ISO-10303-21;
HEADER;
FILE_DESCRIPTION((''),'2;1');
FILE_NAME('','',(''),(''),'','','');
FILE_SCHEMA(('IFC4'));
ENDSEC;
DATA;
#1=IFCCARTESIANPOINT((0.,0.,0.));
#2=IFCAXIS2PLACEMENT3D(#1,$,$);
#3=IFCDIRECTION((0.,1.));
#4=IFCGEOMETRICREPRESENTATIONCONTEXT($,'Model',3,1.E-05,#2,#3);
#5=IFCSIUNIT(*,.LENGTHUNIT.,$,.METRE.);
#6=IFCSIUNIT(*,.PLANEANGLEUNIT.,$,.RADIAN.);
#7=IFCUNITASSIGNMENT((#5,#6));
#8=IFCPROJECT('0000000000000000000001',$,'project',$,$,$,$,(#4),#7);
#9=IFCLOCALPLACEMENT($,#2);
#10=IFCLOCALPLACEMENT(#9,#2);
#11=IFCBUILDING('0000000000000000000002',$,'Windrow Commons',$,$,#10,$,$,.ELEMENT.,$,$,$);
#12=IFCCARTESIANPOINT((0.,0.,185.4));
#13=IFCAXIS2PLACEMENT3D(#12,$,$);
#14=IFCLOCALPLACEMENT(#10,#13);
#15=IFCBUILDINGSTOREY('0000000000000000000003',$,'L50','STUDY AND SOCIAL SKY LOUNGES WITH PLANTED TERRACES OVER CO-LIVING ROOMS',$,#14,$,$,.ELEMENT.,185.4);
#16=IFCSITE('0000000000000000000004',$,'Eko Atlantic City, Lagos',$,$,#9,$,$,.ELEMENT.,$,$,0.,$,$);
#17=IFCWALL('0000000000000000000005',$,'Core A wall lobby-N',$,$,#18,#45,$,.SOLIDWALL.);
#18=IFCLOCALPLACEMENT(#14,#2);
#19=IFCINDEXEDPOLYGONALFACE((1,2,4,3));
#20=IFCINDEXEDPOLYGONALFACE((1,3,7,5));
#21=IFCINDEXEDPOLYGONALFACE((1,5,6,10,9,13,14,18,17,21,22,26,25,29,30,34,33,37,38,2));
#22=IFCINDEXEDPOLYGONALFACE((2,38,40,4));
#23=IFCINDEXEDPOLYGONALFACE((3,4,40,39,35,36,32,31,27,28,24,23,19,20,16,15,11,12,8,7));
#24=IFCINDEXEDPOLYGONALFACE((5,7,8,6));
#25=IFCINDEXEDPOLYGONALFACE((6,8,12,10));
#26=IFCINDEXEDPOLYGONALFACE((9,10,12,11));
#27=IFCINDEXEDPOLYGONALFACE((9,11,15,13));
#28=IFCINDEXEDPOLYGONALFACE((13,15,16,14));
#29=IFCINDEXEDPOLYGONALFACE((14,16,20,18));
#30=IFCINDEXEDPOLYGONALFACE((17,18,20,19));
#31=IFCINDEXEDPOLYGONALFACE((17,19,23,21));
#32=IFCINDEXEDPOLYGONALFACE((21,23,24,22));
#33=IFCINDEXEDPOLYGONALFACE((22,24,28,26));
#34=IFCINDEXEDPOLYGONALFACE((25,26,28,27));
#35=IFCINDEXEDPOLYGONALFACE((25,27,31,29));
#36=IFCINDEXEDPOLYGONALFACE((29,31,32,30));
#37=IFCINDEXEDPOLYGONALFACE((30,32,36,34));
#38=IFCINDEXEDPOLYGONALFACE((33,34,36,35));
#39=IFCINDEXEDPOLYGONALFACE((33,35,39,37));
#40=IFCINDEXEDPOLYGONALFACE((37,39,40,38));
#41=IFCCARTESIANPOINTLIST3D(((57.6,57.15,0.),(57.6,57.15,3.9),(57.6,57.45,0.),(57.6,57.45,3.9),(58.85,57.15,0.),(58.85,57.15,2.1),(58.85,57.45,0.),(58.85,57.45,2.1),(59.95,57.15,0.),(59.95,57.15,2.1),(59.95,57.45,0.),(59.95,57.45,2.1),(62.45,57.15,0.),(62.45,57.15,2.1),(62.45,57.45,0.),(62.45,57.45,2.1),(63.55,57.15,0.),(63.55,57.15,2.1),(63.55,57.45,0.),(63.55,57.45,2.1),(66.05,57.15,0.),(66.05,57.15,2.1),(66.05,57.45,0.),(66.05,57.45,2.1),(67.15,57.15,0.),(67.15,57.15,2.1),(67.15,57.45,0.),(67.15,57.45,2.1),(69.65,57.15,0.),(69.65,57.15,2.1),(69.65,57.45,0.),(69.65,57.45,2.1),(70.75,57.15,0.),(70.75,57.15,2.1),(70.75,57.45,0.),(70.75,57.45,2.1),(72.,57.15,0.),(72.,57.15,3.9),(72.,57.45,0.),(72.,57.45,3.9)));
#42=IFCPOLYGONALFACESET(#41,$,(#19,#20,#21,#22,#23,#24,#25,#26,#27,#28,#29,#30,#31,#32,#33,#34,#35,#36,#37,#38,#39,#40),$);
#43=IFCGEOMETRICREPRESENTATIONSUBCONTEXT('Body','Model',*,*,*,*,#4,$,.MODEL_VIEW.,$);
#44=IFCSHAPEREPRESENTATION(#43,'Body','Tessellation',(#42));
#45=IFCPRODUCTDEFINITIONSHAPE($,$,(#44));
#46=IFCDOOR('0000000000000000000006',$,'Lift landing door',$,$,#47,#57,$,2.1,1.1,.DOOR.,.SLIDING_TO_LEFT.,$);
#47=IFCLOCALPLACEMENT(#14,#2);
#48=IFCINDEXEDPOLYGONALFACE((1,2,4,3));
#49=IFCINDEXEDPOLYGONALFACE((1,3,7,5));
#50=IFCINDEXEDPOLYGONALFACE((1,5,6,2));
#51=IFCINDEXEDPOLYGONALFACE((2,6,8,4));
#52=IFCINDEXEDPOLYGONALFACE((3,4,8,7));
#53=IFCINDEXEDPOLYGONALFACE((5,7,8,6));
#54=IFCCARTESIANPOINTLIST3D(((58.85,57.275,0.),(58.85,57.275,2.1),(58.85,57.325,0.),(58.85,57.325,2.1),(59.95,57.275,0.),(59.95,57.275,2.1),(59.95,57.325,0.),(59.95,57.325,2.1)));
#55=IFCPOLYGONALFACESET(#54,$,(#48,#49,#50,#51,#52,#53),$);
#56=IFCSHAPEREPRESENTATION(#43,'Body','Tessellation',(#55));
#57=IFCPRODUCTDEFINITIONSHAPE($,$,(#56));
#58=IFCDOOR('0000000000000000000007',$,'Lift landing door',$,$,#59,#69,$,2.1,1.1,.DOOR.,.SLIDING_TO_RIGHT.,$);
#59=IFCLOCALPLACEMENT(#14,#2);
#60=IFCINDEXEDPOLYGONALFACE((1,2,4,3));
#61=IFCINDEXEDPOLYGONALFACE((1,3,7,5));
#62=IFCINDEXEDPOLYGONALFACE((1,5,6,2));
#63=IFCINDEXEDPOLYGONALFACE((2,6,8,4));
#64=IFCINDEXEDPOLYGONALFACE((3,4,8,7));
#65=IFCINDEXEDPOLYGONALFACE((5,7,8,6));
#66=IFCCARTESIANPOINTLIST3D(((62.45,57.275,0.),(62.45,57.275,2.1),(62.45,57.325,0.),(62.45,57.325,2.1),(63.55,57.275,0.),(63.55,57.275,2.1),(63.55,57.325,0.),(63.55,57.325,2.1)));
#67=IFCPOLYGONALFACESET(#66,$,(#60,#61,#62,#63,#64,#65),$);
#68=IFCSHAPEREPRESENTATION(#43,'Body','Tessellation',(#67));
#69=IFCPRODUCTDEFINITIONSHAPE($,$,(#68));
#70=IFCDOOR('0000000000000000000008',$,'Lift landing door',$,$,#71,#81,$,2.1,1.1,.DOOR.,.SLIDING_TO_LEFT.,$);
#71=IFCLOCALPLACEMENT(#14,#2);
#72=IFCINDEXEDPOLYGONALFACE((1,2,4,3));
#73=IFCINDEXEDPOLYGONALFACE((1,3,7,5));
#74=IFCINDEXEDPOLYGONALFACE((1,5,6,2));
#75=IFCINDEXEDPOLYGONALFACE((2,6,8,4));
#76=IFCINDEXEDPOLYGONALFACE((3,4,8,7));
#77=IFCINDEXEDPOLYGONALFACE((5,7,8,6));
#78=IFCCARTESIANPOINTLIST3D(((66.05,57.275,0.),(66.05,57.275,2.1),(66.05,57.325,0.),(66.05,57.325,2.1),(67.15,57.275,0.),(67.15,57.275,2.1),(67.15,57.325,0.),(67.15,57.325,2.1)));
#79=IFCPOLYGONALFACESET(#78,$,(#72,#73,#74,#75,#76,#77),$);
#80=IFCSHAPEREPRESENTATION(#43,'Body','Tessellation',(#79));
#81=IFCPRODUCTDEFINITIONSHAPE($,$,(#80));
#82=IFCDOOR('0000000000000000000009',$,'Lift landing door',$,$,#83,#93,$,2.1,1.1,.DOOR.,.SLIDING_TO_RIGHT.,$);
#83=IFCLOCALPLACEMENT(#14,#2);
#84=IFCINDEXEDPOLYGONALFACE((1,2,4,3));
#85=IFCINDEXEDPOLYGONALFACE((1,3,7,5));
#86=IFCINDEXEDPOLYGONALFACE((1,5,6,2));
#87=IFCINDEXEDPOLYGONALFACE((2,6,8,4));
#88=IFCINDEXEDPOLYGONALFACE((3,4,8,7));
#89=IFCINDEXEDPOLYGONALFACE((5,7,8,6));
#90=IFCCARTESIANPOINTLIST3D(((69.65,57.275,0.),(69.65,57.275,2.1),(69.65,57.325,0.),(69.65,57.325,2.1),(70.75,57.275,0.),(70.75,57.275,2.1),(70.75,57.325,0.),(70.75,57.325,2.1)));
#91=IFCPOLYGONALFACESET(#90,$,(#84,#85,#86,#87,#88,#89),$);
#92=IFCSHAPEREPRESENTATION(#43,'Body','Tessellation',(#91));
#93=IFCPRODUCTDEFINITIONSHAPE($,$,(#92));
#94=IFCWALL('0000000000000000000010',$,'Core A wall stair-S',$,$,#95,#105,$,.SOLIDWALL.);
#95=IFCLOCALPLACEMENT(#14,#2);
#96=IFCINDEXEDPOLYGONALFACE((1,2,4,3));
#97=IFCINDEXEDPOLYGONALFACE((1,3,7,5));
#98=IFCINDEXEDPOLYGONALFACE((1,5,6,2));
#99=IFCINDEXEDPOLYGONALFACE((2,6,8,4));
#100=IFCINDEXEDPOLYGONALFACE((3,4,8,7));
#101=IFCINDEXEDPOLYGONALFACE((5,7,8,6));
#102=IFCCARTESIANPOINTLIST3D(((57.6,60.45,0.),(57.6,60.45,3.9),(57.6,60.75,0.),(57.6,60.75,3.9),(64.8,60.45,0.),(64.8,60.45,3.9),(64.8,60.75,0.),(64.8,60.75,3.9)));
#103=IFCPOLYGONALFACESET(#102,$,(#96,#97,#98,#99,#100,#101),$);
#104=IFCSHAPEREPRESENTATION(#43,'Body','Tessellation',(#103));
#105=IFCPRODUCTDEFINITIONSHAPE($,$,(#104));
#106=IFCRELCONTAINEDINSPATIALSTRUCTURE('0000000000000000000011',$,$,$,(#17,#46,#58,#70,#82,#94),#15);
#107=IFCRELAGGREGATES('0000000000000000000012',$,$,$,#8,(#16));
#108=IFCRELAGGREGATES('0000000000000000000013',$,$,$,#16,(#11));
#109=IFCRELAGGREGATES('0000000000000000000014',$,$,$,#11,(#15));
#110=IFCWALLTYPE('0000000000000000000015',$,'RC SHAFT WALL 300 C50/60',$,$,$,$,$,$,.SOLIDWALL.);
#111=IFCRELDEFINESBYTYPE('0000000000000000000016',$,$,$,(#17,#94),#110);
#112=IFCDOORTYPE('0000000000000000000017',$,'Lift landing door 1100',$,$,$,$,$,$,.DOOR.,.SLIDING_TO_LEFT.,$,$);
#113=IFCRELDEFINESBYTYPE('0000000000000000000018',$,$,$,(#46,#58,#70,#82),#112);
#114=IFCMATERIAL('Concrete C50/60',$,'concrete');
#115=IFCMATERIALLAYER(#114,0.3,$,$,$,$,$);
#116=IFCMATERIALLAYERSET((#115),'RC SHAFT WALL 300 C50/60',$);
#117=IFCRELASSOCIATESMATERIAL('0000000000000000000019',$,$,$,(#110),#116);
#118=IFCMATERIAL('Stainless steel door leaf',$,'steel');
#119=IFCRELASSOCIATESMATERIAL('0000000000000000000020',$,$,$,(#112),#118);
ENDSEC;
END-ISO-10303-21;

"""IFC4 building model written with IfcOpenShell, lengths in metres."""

from ifc_helpers import new_model, si_unit, direction, frame, frame_2d, origin, place, context, subcontext, project, spatial, rectangle, extrude, material, layer, layer_set, type_object, element, fill, save


model = new_model("IFC4")

# Units and contexts
model_context = context("Model", 3, precision=1e-05, world=origin(), true_north=direction((0.0, 1.0)))
body_context = subcontext(model_context, "Body", "Model", "MODEL_VIEW")
ifc_project = project(units=[si_unit("LENGTHUNIT", "METRE"), si_unit("PLANEANGLEUNIT", "RADIAN")], contexts=[model_context])

# Site, building, storey
site_placement = place(None, origin())
site = spatial("IfcSite", under=ifc_project, at=site_placement, Name="Eko Atlantic City, Lagos", CompositionType="ELEMENT", RefElevation=0.0)
building_placement = place(site_placement, origin())
building = spatial("IfcBuilding", under=site, at=building_placement, Name="Windrow Commons", CompositionType="ELEMENT")
storey_placement = place(building_placement, frame((0.0, 0.0, 185.4)))
storey = spatial("IfcBuildingStorey", under=building, at=storey_placement, Name="L50", Description="STUDY AND SOCIAL SKY LOUNGES WITH PLANTED TERRACES OVER CO-LIVING ROOMS", CompositionType="ELEMENT", Elevation=185.4)

# Shared definitions
ifc_material_1 = material(Name="Concrete C50/60", Category="concrete")
ifc_layer_1 = layer(ifc_material_1, 0.3)
ifc_layer_set_1 = layer_set([ifc_layer_1], Name="RC SHAFT WALL 300 C50/60")
wall_type_1 = type_object("IfcWallType", Name="RC SHAFT WALL 300 C50/60", PredefinedType="SOLIDWALL", material=ifc_layer_set_1)

# Wall, openings, doors
ifc_material_2 = material(Name="Stainless steel door leaf", Category="steel")
door_type_1 = type_object("IfcDoorType", Name="Lift landing door 1100", OperationType="SLIDING_TO_LEFT", PredefinedType="DOOR", material=ifc_material_2)
wall_1_placement = place(storey_placement, frame((57.6, 57.3, 0.0), z_axis=(0.0, 0.0, 1.0), x_axis=(1.0, 0.0, 0.0)))
wall_1 = element("IfcWall", 1, at=wall_1_placement, inside=storey, type_object=wall_type_1, Name="Core A wall lobby-N", PredefinedType="SOLIDWALL", context=body_context, shape_type="SweptSolid", body=[
    extrude(rectangle(XDim=14.4, YDim=0.3, at=frame_2d((7.2, 0.0))), origin(), (0.0, 0.0, 1.0), 3.9),
])
opening_1_placement = place(wall_1_placement, frame((1.25, 0.0, 0.0)))
opening_1 = element("IfcOpeningElement", 2, at=opening_1_placement, cuts=wall_1, PredefinedType="OPENING", context=body_context, shape_type="SweptSolid", body=[
    extrude(rectangle(XDim=1.1, YDim=2.1, at=frame_2d((0.55, 1.05))), frame((0.0, 0.16, 0.0), z_axis=(0.0, -1.0, 0.0), x_axis=(1.0, 0.0, 0.0)), (0.0, 0.0, 1.0), 0.32),
])
opening_2_placement = place(wall_1_placement, frame((4.85, 0.0, 0.0)))
opening_2 = element("IfcOpeningElement", 3, at=opening_2_placement, cuts=wall_1, PredefinedType="OPENING", context=body_context, shape_type="SweptSolid", body=[
    extrude(rectangle(XDim=1.1, YDim=2.1, at=frame_2d((0.55, 1.05))), frame((0.0, 0.16, 0.0), z_axis=(0.0, -1.0, 0.0), x_axis=(1.0, 0.0, 0.0)), (0.0, 0.0, 1.0), 0.32),
])
opening_3_placement = place(wall_1_placement, frame((8.45, 0.0, 0.0)))
opening_3 = element("IfcOpeningElement", 4, at=opening_3_placement, cuts=wall_1, PredefinedType="OPENING", context=body_context, shape_type="SweptSolid", body=[
    extrude(rectangle(XDim=1.1, YDim=2.1, at=frame_2d((0.55, 1.05))), frame((0.0, 0.16, 0.0), z_axis=(0.0, -1.0, 0.0), x_axis=(1.0, 0.0, 0.0)), (0.0, 0.0, 1.0), 0.32),
])
opening_4_placement = place(wall_1_placement, frame((12.05, 0.0, 0.0)))
opening_4 = element("IfcOpeningElement", 5, at=opening_4_placement, cuts=wall_1, PredefinedType="OPENING", context=body_context, shape_type="SweptSolid", body=[
    extrude(rectangle(XDim=1.1, YDim=2.1, at=frame_2d((0.55, 1.05))), frame((0.0, 0.16, 0.0), z_axis=(0.0, -1.0, 0.0), x_axis=(1.0, 0.0, 0.0)), (0.0, 0.0, 1.0), 0.32),
])
door_1_placement = place(opening_1_placement, origin())
door_1 = element("IfcDoor", 6, at=door_1_placement, inside=storey, type_object=door_type_1, Name="Lift landing door", OperationType="SLIDING_TO_LEFT", OverallHeight=2.1, OverallWidth=1.1, PredefinedType="DOOR", context=body_context, shape_type="SweptSolid", body=[
    extrude(rectangle(XDim=1.1, YDim=2.1, at=frame_2d((0.55, 1.05))), frame((0.0, 0.025, 0.0), z_axis=(0.0, -1.0, 0.0), x_axis=(1.0, 0.0, 0.0)), (0.0, 0.0, 1.0), 0.05),
])
fill(opening_1, door_1)
door_2_placement = place(opening_2_placement, origin())
door_2 = element("IfcDoor", 7, at=door_2_placement, inside=storey, type_object=door_type_1, Name="Lift landing door", OperationType="SLIDING_TO_RIGHT", OverallHeight=2.1, OverallWidth=1.1, PredefinedType="DOOR", context=body_context, shape_type="SweptSolid", body=[
    extrude(rectangle(XDim=1.1, YDim=2.1, at=frame_2d((0.55, 1.05))), frame((0.0, 0.025, 0.0), z_axis=(0.0, -1.0, 0.0), x_axis=(1.0, 0.0, 0.0)), (0.0, 0.0, 1.0), 0.05),
])
fill(opening_2, door_2)
door_3_placement = place(opening_3_placement, origin())
door_3 = element("IfcDoor", 8, at=door_3_placement, inside=storey, type_object=door_type_1, Name="Lift landing door", OperationType="SLIDING_TO_LEFT", OverallHeight=2.1, OverallWidth=1.1, PredefinedType="DOOR", context=body_context, shape_type="SweptSolid", body=[
    extrude(rectangle(XDim=1.1, YDim=2.1, at=frame_2d((0.55, 1.05))), frame((0.0, 0.025, 0.0), z_axis=(0.0, -1.0, 0.0), x_axis=(1.0, 0.0, 0.0)), (0.0, 0.0, 1.0), 0.05),
])
fill(opening_3, door_3)
door_4_placement = place(opening_4_placement, origin())
door_4 = element("IfcDoor", 9, at=door_4_placement, inside=storey, type_object=door_type_1, Name="Lift landing door", OperationType="SLIDING_TO_RIGHT", OverallHeight=2.1, OverallWidth=1.1, PredefinedType="DOOR", context=body_context, shape_type="SweptSolid", body=[
    extrude(rectangle(XDim=1.1, YDim=2.1, at=frame_2d((0.55, 1.05))), frame((0.0, 0.025, 0.0), z_axis=(0.0, -1.0, 0.0), x_axis=(1.0, 0.0, 0.0)), (0.0, 0.0, 1.0), 0.05),
])
fill(opening_4, door_4)

# Wall
wall_2_placement = place(storey_placement, frame((57.6, 60.6, 0.0), z_axis=(0.0, 0.0, 1.0), x_axis=(1.0, 0.0, 0.0)))
element("IfcWall", 10, at=wall_2_placement, inside=storey, type_object=wall_type_1, Name="Core A wall stair-S", PredefinedType="SOLIDWALL", context=body_context, shape_type="SweptSolid", body=[
    extrude(rectangle(XDim=7.2, YDim=0.3, at=frame_2d((3.6, 0.0))), origin(), (0.0, 0.0, 1.0), 3.9),
])

save(model, "model.ifc")
